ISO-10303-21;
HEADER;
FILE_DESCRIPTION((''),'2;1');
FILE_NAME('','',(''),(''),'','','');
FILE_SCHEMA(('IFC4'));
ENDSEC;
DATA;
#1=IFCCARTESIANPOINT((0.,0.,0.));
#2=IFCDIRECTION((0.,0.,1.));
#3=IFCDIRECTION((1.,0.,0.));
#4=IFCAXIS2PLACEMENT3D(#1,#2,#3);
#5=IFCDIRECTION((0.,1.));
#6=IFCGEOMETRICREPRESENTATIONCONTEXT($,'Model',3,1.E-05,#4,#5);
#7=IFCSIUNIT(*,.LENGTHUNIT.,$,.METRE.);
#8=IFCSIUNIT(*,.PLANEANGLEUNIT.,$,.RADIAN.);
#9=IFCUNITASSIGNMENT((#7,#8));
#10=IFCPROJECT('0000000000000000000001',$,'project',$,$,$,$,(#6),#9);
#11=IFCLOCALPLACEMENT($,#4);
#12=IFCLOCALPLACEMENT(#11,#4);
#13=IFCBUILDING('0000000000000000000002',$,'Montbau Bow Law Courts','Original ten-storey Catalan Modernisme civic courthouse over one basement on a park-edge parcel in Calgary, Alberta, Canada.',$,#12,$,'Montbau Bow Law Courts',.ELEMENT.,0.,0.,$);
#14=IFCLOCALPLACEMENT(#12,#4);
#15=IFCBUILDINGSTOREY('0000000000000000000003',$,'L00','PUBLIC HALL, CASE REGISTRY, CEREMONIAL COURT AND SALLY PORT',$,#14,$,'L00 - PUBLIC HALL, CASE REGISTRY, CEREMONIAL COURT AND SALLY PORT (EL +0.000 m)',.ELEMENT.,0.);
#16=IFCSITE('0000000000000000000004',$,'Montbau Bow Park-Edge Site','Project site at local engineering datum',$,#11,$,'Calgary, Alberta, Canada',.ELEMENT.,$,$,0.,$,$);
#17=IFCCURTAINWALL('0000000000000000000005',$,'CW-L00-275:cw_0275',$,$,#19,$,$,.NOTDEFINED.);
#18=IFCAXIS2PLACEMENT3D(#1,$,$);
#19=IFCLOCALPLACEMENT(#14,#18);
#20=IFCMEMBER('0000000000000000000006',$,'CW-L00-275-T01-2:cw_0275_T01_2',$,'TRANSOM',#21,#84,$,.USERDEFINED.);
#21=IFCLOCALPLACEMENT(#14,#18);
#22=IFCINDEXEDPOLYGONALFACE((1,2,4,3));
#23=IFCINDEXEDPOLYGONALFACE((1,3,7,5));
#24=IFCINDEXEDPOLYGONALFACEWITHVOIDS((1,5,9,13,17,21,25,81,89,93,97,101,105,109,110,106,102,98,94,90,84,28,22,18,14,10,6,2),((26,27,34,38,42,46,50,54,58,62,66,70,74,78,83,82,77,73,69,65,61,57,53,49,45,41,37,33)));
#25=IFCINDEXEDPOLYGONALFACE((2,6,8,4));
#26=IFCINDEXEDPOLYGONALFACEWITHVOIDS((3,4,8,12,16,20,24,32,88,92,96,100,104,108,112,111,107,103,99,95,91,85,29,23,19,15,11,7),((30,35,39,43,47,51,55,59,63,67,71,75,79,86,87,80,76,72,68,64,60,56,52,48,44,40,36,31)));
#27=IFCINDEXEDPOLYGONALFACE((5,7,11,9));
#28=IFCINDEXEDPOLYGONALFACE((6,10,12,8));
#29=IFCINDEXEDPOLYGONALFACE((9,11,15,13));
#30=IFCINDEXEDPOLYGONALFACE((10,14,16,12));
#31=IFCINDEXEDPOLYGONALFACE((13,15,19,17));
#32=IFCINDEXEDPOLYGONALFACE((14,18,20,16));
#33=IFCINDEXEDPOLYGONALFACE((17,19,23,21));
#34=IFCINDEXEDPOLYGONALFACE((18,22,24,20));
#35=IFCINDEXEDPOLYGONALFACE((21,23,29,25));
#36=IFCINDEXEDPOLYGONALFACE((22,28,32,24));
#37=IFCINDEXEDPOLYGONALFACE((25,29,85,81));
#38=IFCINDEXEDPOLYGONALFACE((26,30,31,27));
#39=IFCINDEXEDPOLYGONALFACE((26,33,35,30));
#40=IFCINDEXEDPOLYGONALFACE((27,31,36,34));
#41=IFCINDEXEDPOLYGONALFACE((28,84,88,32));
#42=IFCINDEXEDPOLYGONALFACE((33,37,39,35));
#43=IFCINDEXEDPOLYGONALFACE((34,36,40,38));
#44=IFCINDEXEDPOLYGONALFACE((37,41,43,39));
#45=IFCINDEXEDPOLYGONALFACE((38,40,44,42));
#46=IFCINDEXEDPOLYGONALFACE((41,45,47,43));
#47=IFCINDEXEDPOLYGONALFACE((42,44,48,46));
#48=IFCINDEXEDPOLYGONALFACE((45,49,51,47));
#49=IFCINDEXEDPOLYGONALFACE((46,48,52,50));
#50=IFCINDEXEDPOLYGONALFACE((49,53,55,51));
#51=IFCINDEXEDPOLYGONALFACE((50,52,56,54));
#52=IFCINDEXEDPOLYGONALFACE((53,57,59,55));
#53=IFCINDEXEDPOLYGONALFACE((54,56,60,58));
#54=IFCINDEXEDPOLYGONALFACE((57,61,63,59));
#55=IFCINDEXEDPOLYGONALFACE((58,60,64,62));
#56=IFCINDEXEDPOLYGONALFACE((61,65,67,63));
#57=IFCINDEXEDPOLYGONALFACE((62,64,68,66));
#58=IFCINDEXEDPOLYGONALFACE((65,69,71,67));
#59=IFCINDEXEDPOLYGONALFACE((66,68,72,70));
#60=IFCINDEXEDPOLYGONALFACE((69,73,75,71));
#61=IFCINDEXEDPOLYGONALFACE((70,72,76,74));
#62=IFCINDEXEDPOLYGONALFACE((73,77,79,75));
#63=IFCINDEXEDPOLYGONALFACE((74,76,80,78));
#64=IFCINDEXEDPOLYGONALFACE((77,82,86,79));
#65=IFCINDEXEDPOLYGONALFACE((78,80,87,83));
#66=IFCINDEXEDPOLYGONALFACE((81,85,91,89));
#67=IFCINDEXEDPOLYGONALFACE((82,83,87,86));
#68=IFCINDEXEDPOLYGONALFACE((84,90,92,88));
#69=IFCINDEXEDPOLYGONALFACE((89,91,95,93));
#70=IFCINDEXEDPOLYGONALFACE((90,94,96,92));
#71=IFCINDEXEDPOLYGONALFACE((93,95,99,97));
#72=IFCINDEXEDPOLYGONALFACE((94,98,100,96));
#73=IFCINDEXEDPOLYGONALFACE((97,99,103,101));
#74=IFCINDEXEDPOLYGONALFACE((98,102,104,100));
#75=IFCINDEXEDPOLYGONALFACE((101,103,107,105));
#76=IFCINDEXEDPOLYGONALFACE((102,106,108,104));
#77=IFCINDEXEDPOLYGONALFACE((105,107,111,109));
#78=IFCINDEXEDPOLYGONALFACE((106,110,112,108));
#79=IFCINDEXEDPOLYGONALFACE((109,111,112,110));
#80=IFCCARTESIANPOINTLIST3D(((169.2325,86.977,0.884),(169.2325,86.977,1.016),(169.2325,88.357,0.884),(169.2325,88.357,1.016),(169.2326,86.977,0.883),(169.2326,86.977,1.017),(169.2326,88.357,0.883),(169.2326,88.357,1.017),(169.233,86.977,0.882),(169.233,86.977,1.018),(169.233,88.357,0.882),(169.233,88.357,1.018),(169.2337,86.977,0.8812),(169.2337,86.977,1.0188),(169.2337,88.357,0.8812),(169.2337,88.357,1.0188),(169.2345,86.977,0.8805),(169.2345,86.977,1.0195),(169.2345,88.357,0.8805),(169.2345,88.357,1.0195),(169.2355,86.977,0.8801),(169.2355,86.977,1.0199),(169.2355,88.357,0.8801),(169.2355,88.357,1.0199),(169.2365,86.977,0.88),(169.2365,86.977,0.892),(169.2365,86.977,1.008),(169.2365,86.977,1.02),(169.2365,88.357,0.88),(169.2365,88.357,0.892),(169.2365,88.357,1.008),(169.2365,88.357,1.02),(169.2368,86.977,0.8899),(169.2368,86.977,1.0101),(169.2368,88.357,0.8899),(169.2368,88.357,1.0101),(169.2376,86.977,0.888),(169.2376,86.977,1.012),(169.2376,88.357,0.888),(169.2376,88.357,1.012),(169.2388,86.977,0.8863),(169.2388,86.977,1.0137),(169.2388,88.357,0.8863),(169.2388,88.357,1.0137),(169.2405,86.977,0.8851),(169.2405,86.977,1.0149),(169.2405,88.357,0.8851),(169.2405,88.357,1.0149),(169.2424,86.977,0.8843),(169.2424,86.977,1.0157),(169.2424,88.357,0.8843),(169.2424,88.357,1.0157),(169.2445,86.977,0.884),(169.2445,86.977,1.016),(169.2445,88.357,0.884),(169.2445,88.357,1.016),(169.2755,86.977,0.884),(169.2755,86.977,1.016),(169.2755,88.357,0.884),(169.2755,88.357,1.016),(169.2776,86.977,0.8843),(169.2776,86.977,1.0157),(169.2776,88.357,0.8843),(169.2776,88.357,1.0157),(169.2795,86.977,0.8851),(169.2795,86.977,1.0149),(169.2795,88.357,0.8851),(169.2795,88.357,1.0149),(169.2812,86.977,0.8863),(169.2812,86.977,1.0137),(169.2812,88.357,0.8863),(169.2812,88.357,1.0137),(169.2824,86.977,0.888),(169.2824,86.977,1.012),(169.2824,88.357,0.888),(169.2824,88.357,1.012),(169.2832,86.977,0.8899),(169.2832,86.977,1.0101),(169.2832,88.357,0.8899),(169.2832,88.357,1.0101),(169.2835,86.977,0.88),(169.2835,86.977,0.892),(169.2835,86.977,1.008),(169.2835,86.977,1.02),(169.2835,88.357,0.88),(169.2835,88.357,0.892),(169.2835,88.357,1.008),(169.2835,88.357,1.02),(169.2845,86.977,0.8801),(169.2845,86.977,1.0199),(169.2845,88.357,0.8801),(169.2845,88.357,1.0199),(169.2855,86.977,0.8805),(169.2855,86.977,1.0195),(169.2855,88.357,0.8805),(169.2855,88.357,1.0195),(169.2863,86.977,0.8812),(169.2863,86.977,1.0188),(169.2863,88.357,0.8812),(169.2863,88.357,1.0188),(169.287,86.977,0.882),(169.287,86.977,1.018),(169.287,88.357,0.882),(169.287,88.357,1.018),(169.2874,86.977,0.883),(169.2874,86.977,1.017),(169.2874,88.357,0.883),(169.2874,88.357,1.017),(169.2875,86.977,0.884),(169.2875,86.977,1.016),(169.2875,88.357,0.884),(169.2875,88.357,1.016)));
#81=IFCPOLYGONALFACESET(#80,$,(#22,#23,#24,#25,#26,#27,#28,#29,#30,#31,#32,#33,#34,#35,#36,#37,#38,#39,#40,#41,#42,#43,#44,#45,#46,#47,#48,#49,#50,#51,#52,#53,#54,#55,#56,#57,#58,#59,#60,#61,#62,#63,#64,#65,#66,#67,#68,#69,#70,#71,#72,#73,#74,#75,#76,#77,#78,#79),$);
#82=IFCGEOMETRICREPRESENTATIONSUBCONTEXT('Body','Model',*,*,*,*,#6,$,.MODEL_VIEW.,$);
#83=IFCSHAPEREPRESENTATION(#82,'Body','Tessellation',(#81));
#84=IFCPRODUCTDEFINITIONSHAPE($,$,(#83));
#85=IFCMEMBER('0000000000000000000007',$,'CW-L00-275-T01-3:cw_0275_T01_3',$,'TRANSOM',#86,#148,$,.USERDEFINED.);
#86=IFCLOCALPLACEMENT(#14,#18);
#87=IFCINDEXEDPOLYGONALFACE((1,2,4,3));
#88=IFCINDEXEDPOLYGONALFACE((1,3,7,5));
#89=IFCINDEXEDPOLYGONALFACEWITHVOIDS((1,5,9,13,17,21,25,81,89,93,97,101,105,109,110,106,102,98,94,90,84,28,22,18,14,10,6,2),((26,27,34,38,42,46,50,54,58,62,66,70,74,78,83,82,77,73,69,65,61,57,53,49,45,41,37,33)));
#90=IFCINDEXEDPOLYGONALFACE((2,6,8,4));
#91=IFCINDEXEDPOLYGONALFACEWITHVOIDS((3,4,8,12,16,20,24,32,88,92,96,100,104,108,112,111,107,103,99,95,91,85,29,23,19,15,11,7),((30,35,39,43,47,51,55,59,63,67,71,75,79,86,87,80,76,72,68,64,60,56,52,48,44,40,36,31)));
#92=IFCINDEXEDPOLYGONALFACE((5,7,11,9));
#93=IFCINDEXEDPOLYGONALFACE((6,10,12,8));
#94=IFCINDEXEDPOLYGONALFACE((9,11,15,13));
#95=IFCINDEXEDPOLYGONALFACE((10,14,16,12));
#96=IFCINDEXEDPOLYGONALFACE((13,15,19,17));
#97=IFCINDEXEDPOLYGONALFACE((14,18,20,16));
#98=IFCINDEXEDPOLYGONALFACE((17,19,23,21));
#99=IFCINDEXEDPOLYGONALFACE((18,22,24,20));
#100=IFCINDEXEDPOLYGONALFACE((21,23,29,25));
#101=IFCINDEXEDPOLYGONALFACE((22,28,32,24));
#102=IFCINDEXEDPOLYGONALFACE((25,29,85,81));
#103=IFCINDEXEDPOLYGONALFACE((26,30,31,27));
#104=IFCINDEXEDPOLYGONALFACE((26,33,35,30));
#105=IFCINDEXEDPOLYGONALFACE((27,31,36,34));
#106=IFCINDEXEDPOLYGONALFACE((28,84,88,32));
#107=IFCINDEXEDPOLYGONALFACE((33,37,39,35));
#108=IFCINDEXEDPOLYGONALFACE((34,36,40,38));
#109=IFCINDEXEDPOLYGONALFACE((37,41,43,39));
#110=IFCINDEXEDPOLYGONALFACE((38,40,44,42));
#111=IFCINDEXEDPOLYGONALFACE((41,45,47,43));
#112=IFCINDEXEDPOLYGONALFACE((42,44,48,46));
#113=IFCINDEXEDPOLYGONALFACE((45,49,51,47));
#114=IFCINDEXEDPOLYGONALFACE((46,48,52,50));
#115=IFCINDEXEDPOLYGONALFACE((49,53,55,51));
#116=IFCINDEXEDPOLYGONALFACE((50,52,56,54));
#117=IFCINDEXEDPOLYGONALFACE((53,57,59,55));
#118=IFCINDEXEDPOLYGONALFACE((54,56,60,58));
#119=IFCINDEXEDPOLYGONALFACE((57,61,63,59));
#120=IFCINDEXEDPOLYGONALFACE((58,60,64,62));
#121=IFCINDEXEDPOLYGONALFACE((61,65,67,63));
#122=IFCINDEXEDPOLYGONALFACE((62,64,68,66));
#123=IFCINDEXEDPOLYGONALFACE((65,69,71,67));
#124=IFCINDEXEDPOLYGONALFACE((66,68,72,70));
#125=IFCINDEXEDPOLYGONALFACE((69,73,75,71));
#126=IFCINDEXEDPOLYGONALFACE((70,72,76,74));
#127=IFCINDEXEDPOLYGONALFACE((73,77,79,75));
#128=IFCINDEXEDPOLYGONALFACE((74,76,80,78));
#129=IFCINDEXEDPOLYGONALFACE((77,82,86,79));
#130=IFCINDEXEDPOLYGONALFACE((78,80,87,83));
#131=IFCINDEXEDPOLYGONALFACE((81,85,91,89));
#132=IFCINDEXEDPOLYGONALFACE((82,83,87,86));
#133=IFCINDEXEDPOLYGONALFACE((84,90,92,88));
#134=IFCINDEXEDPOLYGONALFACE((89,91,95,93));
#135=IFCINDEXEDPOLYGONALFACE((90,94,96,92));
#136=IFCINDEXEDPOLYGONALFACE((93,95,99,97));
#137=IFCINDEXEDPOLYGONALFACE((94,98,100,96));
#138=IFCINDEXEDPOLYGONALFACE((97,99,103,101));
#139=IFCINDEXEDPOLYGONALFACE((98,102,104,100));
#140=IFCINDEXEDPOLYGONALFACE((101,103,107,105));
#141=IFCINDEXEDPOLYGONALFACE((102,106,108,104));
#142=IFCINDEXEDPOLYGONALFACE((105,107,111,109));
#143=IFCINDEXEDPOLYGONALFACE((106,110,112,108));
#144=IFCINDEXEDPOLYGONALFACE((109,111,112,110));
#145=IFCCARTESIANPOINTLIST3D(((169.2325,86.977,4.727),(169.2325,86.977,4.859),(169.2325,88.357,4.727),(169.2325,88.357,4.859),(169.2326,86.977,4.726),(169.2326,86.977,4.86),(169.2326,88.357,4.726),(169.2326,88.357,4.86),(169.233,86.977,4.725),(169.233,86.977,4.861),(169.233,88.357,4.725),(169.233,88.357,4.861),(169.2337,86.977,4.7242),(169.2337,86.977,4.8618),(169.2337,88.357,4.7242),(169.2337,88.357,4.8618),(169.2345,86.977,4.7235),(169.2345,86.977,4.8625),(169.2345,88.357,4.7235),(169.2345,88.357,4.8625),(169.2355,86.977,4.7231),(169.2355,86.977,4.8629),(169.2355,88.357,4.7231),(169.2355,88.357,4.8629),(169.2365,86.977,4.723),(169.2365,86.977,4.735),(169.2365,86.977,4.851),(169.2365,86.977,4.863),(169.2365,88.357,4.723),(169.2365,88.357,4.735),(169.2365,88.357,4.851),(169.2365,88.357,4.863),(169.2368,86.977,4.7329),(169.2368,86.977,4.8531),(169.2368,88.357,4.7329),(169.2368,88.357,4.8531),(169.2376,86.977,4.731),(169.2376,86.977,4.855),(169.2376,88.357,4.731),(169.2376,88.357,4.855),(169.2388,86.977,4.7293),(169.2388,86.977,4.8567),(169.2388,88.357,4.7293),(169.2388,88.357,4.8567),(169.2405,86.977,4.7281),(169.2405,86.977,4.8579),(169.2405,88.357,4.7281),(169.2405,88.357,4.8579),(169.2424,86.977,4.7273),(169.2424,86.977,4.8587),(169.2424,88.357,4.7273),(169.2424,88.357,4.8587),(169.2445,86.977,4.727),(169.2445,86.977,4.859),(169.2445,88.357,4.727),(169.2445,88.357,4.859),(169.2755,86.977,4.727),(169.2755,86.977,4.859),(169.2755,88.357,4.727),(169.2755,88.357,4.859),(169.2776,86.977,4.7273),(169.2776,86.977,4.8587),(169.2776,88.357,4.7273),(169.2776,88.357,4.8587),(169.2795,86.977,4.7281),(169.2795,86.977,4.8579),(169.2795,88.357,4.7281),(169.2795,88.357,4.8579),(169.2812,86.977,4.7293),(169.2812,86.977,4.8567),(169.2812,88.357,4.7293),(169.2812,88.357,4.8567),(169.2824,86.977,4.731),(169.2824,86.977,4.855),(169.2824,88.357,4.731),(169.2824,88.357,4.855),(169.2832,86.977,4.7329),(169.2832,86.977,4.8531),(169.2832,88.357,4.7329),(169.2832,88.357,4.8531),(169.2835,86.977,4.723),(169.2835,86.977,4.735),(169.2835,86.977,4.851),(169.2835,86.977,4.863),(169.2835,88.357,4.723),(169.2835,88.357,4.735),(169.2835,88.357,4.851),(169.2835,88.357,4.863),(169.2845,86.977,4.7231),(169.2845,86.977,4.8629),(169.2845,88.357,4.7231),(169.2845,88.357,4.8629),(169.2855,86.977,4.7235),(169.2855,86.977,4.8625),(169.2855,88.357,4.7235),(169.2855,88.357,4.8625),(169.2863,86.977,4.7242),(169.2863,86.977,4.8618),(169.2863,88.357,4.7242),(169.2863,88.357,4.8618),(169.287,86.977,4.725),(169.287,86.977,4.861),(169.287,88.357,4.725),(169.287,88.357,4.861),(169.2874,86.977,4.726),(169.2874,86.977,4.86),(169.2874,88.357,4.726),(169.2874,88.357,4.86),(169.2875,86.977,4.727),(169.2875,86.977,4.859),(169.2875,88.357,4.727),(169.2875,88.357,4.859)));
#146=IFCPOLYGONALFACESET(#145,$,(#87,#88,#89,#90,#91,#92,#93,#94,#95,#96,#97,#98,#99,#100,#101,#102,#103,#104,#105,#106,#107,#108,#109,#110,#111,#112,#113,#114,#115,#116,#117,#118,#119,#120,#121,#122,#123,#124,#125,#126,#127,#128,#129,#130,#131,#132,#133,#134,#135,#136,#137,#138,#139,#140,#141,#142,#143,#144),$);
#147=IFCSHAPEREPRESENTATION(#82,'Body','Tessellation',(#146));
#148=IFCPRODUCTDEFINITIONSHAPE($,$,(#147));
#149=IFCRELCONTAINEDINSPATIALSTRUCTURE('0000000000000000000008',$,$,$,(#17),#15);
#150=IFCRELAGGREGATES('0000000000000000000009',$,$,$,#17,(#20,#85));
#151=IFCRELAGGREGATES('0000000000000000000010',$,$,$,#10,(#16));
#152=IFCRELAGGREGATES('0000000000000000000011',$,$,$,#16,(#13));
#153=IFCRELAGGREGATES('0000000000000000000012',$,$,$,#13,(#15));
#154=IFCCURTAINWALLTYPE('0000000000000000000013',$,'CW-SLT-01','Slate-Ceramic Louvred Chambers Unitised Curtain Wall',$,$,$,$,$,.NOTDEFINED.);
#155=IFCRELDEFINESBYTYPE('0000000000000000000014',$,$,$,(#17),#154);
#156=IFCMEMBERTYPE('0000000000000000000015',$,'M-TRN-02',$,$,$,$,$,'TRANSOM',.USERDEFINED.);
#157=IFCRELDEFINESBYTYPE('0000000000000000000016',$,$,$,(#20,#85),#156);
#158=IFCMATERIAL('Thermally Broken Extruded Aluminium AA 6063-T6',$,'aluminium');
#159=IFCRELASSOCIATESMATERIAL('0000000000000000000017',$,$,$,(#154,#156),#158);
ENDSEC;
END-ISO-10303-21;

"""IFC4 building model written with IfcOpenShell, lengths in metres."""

from ifc_helpers import new_model, si_unit, direction, frame, origin_with_axes, origin_2d_with_axis, place, context, subcontext, project, spatial, hollow_rectangle, extrude, material, material_profile, profile_set, type_object, element, aggregate, save


model = new_model("IFC4")

# Units and contexts
model_context = context("Model", 3, precision=1e-05, world=origin_with_axes(), true_north=direction((0.0, 1.0)))
body_context = subcontext(model_context, "Body", "Model", "MODEL_VIEW")
ifc_project = project(units=[si_unit("LENGTHUNIT", "METRE"), si_unit("PLANEANGLEUNIT", "RADIAN")], contexts=[model_context])

# Site, building, storey
site_placement = place(None, origin_with_axes())
site = spatial("IfcSite", under=ifc_project, at=site_placement, Name="Montbau Bow Park-Edge Site", Description="Project site at local engineering datum", LongName="Calgary, Alberta, Canada", CompositionType="ELEMENT", RefElevation=0.0)
building_placement = place(site_placement, origin_with_axes())
building = spatial("IfcBuilding", under=site, at=building_placement, Name="Montbau Bow Law Courts", Description="Original ten-storey Catalan Modernisme civic courthouse over one basement on a park-edge parcel in Calgary, Alberta, Canada.", LongName="Montbau Bow Law Courts", CompositionType="ELEMENT", ElevationOfRefHeight=0.0, ElevationOfTerrain=0.0)
storey_placement = place(building_placement, origin_with_axes())
storey = spatial("IfcBuildingStorey", under=building, at=storey_placement, Name="L00", Description="PUBLIC HALL, CASE REGISTRY, CEREMONIAL COURT AND SALLY PORT", LongName="L00 - PUBLIC HALL, CASE REGISTRY, CEREMONIAL COURT AND SALLY PORT (EL +0.000 m)", CompositionType="ELEMENT", Elevation=0.0)

# Shared definitions
ifc_material_1 = material(Name="Thermally Broken Extruded Aluminium AA 6063-T6", Category="aluminium")
curtain_wall_type = type_object("IfcCurtainWallType", Name="CW-SLT-01", Description="Slate-Ceramic Louvred Chambers Unitised Curtain Wall", PredefinedType="NOTDEFINED", material=ifc_material_1)

# Curtain wall
curtain_wall_1_placement = place(None, frame((169.26, 86.915, 0.0), z_axis=(0.0, 0.0, 1.0), x_axis=(1.0, 0.0, 0.0)))
curtain_wall_1 = element("IfcCurtainWall", 1, at=curtain_wall_1_placement, inside=storey, type_object=curtain_wall_type, Name="CW-L00-275:cw_0275", PredefinedType="NOTDEFINED")

# Members
ifc_material_profile_1 = material_profile(ifc_material_1, hollow_rectangle(XDim=0.055, YDim=0.14, WallThickness=0.004, InnerFilletRadius=0.008, OuterFilletRadius=0.004, at=origin_2d_with_axis()), Name="CWT-140X55", Category="Main", Priority=0)
ifc_profile_set_1 = profile_set([ifc_material_profile_1], Name="Thermally Broken Extruded Aluminium AA 6063-T6")
member_type_1 = type_object("IfcMemberType", Name="M-TRN-02", ElementType="TRANSOM", PredefinedType="USERDEFINED", material=ifc_profile_set_1)
member_1_placement = place(None, frame((169.26, 86.977, 0.95), z_axis=(0.0, 1.0, 0.0), x_axis=(-1.0, 0.0, 0.0)))
member_1 = element("IfcMember", 2, at=member_1_placement, type_object=member_type_1, Name="CW-L00-275-T01-2:cw_0275_T01_2", ObjectType="TRANSOM", PredefinedType="USERDEFINED", context=body_context, shape_type="SweptSolid", body=[
    extrude(hollow_rectangle(XDim=0.055, YDim=0.14, WallThickness=0.004, InnerFilletRadius=0.008, OuterFilletRadius=0.004, at=origin_2d_with_axis()), origin_with_axes(), (0.0, 0.0, 1.0), 1.38),
])
member_2_placement = place(None, frame((169.26, 86.977, 4.793), z_axis=(0.0, 1.0, 0.0), x_axis=(-1.0, 0.0, 0.0)))
member_2 = element("IfcMember", 3, at=member_2_placement, type_object=member_type_1, Name="CW-L00-275-T01-3:cw_0275_T01_3", ObjectType="TRANSOM", PredefinedType="USERDEFINED", context=body_context, shape_type="SweptSolid", body=[
    extrude(hollow_rectangle(XDim=0.055, YDim=0.14, WallThickness=0.004, InnerFilletRadius=0.008, OuterFilletRadius=0.004, at=origin_2d_with_axis()), origin_with_axes(), (0.0, 0.0, 1.0), 1.38),
])

aggregate(curtain_wall_1, [member_1, member_2])

save(model, "model.ifc")
